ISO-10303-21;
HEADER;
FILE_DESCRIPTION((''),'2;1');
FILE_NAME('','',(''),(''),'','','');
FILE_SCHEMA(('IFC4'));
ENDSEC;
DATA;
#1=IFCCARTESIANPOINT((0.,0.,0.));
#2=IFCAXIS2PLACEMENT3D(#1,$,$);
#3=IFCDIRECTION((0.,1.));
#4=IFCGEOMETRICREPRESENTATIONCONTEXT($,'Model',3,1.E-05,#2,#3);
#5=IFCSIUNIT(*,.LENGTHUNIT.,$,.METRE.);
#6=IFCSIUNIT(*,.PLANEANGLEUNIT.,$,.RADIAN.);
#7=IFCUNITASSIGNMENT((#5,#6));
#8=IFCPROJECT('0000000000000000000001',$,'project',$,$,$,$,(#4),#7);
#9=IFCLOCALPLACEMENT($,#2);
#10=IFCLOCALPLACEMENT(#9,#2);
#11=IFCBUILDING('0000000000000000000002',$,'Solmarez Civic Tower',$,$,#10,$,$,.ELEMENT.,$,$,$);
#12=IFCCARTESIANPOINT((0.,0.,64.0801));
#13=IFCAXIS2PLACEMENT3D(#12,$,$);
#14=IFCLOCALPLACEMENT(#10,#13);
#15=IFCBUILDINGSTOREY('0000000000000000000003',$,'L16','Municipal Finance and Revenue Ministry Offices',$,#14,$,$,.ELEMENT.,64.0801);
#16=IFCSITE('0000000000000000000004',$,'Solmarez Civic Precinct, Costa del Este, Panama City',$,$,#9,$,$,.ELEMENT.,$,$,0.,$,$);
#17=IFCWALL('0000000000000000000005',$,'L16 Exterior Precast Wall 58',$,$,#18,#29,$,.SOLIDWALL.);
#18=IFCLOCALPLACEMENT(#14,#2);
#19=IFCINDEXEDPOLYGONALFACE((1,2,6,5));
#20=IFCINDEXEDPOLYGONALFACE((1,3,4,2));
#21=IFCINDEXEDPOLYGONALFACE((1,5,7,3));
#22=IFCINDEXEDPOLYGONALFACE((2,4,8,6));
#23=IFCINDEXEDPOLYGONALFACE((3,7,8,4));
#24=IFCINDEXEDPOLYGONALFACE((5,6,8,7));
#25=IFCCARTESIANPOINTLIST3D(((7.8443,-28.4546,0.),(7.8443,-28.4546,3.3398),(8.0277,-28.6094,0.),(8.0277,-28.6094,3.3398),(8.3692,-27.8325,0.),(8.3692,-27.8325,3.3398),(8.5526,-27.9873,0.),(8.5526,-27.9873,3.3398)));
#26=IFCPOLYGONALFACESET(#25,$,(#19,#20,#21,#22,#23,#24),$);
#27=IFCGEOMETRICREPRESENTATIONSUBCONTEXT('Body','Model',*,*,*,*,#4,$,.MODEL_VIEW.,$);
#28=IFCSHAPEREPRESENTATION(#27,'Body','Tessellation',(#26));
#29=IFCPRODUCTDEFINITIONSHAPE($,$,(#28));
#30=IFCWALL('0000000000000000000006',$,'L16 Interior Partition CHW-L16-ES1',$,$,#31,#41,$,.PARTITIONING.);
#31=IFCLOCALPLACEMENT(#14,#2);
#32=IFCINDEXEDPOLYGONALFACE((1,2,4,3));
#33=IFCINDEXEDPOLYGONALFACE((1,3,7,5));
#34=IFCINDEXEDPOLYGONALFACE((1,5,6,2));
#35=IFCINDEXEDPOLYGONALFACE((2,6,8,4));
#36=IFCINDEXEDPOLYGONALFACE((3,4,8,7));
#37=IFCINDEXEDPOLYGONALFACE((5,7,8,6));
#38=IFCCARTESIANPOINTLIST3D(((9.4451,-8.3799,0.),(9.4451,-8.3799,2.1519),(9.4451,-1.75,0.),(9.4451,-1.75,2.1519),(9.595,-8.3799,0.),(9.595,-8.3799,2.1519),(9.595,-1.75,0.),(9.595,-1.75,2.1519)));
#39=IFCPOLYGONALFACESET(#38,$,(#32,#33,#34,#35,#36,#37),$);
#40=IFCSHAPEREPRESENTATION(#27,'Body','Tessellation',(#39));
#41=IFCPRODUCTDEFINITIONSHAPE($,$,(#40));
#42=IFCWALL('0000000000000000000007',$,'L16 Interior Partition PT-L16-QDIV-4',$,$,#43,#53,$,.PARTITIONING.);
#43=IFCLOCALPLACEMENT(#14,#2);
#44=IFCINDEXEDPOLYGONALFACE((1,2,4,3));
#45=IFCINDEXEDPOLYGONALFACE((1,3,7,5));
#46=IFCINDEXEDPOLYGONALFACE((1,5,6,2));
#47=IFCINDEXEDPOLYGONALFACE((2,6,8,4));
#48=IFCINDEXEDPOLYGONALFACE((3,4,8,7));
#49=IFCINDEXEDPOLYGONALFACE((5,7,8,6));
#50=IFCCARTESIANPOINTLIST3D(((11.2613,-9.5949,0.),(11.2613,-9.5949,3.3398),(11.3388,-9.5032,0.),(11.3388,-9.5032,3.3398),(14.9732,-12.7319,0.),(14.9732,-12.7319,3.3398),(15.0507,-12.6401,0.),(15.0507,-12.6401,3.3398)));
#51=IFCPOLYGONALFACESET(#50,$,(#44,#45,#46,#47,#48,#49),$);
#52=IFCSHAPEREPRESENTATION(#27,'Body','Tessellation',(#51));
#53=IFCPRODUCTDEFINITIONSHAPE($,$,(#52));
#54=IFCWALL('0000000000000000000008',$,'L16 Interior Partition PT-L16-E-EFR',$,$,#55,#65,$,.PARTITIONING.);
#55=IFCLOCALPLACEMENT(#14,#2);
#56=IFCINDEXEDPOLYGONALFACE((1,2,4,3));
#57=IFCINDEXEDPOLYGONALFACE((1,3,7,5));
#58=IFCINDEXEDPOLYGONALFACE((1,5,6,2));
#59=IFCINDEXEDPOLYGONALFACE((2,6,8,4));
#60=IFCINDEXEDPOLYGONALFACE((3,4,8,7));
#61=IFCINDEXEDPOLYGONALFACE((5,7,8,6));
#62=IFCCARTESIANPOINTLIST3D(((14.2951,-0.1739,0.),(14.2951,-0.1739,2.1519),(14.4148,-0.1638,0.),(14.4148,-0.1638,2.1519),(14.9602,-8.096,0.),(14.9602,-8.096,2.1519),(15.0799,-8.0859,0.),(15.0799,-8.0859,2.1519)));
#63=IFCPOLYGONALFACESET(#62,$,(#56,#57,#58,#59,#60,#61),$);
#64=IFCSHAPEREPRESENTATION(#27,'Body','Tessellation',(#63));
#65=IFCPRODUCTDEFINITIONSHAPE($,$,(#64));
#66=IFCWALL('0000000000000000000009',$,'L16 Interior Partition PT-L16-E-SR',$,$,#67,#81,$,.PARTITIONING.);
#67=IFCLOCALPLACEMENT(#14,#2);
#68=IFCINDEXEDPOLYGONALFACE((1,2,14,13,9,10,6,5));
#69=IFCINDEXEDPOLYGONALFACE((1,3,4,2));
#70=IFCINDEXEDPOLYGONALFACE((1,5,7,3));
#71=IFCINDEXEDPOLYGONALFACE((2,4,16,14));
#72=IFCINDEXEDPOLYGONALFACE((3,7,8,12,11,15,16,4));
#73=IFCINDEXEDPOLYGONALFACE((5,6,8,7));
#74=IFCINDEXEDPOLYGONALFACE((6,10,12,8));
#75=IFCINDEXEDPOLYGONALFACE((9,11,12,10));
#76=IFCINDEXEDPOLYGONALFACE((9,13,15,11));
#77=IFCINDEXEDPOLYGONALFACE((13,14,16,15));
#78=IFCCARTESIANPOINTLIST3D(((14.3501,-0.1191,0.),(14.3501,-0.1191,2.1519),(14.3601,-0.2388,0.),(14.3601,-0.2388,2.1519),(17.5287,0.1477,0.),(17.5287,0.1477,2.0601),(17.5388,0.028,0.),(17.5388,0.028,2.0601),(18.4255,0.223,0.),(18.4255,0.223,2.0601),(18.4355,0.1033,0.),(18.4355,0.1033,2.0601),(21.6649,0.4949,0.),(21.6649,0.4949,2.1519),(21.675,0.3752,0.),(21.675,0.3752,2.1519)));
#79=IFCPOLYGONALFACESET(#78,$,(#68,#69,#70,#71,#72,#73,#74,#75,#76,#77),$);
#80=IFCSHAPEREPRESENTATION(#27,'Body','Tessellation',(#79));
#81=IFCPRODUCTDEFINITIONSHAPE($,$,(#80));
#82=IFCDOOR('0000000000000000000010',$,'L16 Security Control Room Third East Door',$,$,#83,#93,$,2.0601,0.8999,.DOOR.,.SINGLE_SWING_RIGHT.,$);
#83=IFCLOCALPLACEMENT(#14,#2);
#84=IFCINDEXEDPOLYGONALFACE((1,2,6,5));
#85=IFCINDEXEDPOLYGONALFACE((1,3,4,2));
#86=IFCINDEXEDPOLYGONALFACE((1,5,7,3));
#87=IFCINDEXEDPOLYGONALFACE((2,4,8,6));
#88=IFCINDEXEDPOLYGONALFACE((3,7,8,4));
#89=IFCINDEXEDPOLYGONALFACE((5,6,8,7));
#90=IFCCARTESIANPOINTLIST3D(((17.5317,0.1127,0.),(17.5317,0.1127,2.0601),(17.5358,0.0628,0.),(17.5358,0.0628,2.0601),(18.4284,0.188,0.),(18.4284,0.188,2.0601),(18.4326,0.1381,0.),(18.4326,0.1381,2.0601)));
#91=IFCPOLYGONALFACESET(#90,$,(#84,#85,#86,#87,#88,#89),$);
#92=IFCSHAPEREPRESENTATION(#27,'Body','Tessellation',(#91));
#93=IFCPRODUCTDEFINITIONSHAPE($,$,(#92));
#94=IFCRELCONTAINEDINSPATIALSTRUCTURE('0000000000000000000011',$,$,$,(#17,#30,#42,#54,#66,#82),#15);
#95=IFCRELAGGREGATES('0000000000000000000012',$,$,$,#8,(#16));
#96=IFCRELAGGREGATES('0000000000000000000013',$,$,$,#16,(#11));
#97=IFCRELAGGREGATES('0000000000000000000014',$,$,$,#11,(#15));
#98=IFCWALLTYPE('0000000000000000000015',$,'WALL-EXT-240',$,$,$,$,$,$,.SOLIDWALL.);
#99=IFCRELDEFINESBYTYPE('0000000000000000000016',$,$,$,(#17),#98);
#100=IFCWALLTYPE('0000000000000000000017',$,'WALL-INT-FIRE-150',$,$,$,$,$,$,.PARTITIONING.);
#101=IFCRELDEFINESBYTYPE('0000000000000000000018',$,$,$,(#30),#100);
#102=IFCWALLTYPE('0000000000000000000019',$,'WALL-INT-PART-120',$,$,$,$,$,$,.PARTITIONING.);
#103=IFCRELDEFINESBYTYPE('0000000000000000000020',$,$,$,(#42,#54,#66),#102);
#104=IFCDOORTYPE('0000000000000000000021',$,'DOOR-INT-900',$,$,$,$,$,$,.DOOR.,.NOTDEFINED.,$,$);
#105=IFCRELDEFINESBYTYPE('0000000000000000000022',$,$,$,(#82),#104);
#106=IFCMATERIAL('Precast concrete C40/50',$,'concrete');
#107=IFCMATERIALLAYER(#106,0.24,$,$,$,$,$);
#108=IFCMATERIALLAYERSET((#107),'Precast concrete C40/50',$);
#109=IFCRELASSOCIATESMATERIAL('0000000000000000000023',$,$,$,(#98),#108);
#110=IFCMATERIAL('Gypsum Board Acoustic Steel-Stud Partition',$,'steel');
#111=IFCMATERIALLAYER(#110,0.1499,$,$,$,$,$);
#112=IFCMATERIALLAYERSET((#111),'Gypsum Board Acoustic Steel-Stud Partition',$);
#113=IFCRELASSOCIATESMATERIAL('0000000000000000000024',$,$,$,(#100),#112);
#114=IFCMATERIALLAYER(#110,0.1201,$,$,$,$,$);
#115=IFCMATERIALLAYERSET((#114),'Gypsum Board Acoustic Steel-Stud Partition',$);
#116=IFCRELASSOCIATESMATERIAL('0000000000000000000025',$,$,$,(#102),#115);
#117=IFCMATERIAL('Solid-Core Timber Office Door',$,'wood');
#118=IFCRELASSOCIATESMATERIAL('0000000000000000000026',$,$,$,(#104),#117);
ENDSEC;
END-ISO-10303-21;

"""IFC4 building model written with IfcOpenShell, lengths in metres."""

from ifc_helpers import new_model, si_unit, direction, frame, frame_2d, origin, place, context, subcontext, project, spatial, rectangle, extrude, material, layer, layer_set, type_object, element, fill, save


model = new_model("IFC4")

# Units and contexts
model_context = context("Model", 3, precision=1e-05, world=origin(), true_north=direction((0.0, 1.0)))
body_context = subcontext(model_context, "Body", "Model", "MODEL_VIEW")
ifc_project = project(units=[si_unit("LENGTHUNIT", "METRE"), si_unit("PLANEANGLEUNIT", "RADIAN")], contexts=[model_context])

# Site, building, storey
site_placement = place(None, origin())
site = spatial("IfcSite", under=ifc_project, at=site_placement, Name="Solmarez Civic Precinct, Costa del Este, Panama City", CompositionType="ELEMENT", RefElevation=0.0)
building_placement = place(site_placement, origin())
building = spatial("IfcBuilding", under=site, at=building_placement, Name="Solmarez Civic Tower", CompositionType="ELEMENT")
storey_placement = place(building_placement, frame((0.0, 0.0, 64.0801)))
storey = spatial("IfcBuildingStorey", under=building, at=storey_placement, Name="L16", Description="Municipal Finance and Revenue Ministry Offices", CompositionType="ELEMENT", Elevation=64.0801)

# Shared definitions
ifc_material_1 = material(Name="Precast concrete C40/50", Category="concrete")
ifc_layer_1 = layer(ifc_material_1, 0.24)
ifc_layer_set_1 = layer_set([ifc_layer_1], Name="Precast concrete C40/50")
wall_type_1 = type_object("IfcWallType", Name="WALL-EXT-240", PredefinedType="SOLIDWALL", material=ifc_layer_set_1)

# Walls
wall_1_placement = place(storey_placement, frame((8.4609, -27.9099, 0.0), z_axis=(0.0, 0.0, 1.0), x_axis=(-0.644893, -0.764273, 0.0)))
element("IfcWall", 1, at=wall_1_placement, inside=storey, type_object=wall_type_1, Name="L16 Exterior Precast Wall 58", PredefinedType="SOLIDWALL", context=body_context, shape_type="SweptSolid", body=[
    extrude(rectangle(XDim=0.814, YDim=0.24, at=frame_2d((0.407, 0.0))), origin(), (0.0, 0.0, 1.0), 3.3398),
])
ifc_material_2 = material(Name="Gypsum Board Acoustic Steel-Stud Partition", Category="steel")
ifc_layer_2 = layer(ifc_material_2, 0.1499)
ifc_layer_set_2 = layer_set([ifc_layer_2], Name="Gypsum Board Acoustic Steel-Stud Partition")
wall_type_2 = type_object("IfcWallType", Name="WALL-INT-FIRE-150", PredefinedType="PARTITIONING", material=ifc_layer_set_2)
wall_2_placement = place(storey_placement, frame((9.52, -8.3799, 0.0), z_axis=(0.0, 0.0, 1.0), x_axis=(0.0, 1.0, 0.0)))
element("IfcWall", 2, at=wall_2_placement, inside=storey, type_object=wall_type_2, Name="L16 Interior Partition CHW-L16-ES1", PredefinedType="PARTITIONING", context=body_context, shape_type="SweptSolid", body=[
    extrude(rectangle(XDim=6.6299, YDim=0.1499, at=frame_2d((3.3149, 0.0))), origin(), (0.0, 0.0, 1.0), 2.1519),
])
ifc_layer_3 = layer(ifc_material_2, 0.1201)
ifc_layer_set_3 = layer_set([ifc_layer_3], Name="Gypsum Board Acoustic Steel-Stud Partition")
wall_type_3 = type_object("IfcWallType", Name="WALL-INT-PART-120", PredefinedType="PARTITIONING", material=ifc_layer_set_3)
wall_3_placement = place(storey_placement, frame((11.3, -9.5491, 0.0), z_axis=(0.0, 0.0, 1.0), x_axis=(0.763781, -0.645476, 0.0)))
element("IfcWall", 3, at=wall_3_placement, inside=storey, type_object=wall_type_3, Name="L16 Interior Partition PT-L16-QDIV-4", PredefinedType="PARTITIONING", context=body_context, shape_type="SweptSolid", body=[
    extrude(rectangle(XDim=4.8599, YDim=0.1201, at=frame_2d((2.4299, 0.0))), origin(), (0.0, 0.0, 1.0), 3.3398),
])
wall_4_placement = place(storey_placement, frame((15.02, -8.0911, 0.0), z_axis=(0.0, 0.0, 1.0), x_axis=(-0.083653, 0.996495, 0.0)))
element("IfcWall", 4, at=wall_4_placement, inside=storey, type_object=wall_type_3, Name="L16 Interior Partition PT-L16-E-EFR", PredefinedType="PARTITIONING", context=body_context, shape_type="SweptSolid", body=[
    extrude(rectangle(XDim=7.95, YDim=0.1201, at=frame_2d((3.9751, 0.0))), origin(), (0.0, 0.0, 1.0), 2.1519),
])

# Wall, opening, door
wall_5_placement = place(storey_placement, frame((14.355, -0.179, 0.0), z_axis=(0.0, 0.0, 1.0), x_axis=(0.996496, 0.083645, 0.0)))
wall_5 = element("IfcWall", 5, at=wall_5_placement, inside=storey, type_object=wall_type_3, Name="L16 Interior Partition PT-L16-E-SR", PredefinedType="PARTITIONING", context=body_context, shape_type="SweptSolid", body=[
    extrude(rectangle(XDim=7.3406, YDim=0.1201, at=frame_2d((3.6704, 0.0))), origin(), (0.0, 0.0, 1.0), 2.1519),
])
opening_1_placement = place(wall_5_placement, frame((3.1899, 0.0, 0.0)))
opening_1 = element("IfcOpeningElement", 6, at=opening_1_placement, cuts=wall_5, PredefinedType="OPENING", context=body_context, shape_type="SweptSolid", body=[
    extrude(rectangle(XDim=0.8999, YDim=2.0601, at=frame_2d((0.45, 1.03))), frame((0.0, 0.0701, 0.0), z_axis=(0.0, -1.0, 0.0), x_axis=(1.0, 0.0, 0.0)), (0.0, 0.0, 1.0), 0.1401),
])
ifc_material_3 = material(Name="Solid-Core Timber Office Door", Category="wood")
door_type = type_object("IfcDoorType", Name="DOOR-INT-900", OperationType="NOTDEFINED", PredefinedType="DOOR", material=ifc_material_3)
door_placement = place(opening_1_placement, origin())
door = element("IfcDoor", 7, at=door_placement, inside=storey, type_object=door_type, Name="L16 Security Control Room Third East Door", OperationType="SINGLE_SWING_RIGHT", OverallHeight=2.0601, OverallWidth=0.8999, PredefinedType="DOOR", context=body_context, shape_type="SweptSolid", body=[
    extrude(rectangle(XDim=0.8999, YDim=2.0601, at=frame_2d((0.45, 1.03))), frame((0.0, 0.0249, 0.0), z_axis=(0.0, -1.0, 0.0), x_axis=(1.0, 0.0, 0.0)), (0.0, 0.0, 1.0), 0.05),
])
fill(opening_1, door)

save(model, "model.ifc")
